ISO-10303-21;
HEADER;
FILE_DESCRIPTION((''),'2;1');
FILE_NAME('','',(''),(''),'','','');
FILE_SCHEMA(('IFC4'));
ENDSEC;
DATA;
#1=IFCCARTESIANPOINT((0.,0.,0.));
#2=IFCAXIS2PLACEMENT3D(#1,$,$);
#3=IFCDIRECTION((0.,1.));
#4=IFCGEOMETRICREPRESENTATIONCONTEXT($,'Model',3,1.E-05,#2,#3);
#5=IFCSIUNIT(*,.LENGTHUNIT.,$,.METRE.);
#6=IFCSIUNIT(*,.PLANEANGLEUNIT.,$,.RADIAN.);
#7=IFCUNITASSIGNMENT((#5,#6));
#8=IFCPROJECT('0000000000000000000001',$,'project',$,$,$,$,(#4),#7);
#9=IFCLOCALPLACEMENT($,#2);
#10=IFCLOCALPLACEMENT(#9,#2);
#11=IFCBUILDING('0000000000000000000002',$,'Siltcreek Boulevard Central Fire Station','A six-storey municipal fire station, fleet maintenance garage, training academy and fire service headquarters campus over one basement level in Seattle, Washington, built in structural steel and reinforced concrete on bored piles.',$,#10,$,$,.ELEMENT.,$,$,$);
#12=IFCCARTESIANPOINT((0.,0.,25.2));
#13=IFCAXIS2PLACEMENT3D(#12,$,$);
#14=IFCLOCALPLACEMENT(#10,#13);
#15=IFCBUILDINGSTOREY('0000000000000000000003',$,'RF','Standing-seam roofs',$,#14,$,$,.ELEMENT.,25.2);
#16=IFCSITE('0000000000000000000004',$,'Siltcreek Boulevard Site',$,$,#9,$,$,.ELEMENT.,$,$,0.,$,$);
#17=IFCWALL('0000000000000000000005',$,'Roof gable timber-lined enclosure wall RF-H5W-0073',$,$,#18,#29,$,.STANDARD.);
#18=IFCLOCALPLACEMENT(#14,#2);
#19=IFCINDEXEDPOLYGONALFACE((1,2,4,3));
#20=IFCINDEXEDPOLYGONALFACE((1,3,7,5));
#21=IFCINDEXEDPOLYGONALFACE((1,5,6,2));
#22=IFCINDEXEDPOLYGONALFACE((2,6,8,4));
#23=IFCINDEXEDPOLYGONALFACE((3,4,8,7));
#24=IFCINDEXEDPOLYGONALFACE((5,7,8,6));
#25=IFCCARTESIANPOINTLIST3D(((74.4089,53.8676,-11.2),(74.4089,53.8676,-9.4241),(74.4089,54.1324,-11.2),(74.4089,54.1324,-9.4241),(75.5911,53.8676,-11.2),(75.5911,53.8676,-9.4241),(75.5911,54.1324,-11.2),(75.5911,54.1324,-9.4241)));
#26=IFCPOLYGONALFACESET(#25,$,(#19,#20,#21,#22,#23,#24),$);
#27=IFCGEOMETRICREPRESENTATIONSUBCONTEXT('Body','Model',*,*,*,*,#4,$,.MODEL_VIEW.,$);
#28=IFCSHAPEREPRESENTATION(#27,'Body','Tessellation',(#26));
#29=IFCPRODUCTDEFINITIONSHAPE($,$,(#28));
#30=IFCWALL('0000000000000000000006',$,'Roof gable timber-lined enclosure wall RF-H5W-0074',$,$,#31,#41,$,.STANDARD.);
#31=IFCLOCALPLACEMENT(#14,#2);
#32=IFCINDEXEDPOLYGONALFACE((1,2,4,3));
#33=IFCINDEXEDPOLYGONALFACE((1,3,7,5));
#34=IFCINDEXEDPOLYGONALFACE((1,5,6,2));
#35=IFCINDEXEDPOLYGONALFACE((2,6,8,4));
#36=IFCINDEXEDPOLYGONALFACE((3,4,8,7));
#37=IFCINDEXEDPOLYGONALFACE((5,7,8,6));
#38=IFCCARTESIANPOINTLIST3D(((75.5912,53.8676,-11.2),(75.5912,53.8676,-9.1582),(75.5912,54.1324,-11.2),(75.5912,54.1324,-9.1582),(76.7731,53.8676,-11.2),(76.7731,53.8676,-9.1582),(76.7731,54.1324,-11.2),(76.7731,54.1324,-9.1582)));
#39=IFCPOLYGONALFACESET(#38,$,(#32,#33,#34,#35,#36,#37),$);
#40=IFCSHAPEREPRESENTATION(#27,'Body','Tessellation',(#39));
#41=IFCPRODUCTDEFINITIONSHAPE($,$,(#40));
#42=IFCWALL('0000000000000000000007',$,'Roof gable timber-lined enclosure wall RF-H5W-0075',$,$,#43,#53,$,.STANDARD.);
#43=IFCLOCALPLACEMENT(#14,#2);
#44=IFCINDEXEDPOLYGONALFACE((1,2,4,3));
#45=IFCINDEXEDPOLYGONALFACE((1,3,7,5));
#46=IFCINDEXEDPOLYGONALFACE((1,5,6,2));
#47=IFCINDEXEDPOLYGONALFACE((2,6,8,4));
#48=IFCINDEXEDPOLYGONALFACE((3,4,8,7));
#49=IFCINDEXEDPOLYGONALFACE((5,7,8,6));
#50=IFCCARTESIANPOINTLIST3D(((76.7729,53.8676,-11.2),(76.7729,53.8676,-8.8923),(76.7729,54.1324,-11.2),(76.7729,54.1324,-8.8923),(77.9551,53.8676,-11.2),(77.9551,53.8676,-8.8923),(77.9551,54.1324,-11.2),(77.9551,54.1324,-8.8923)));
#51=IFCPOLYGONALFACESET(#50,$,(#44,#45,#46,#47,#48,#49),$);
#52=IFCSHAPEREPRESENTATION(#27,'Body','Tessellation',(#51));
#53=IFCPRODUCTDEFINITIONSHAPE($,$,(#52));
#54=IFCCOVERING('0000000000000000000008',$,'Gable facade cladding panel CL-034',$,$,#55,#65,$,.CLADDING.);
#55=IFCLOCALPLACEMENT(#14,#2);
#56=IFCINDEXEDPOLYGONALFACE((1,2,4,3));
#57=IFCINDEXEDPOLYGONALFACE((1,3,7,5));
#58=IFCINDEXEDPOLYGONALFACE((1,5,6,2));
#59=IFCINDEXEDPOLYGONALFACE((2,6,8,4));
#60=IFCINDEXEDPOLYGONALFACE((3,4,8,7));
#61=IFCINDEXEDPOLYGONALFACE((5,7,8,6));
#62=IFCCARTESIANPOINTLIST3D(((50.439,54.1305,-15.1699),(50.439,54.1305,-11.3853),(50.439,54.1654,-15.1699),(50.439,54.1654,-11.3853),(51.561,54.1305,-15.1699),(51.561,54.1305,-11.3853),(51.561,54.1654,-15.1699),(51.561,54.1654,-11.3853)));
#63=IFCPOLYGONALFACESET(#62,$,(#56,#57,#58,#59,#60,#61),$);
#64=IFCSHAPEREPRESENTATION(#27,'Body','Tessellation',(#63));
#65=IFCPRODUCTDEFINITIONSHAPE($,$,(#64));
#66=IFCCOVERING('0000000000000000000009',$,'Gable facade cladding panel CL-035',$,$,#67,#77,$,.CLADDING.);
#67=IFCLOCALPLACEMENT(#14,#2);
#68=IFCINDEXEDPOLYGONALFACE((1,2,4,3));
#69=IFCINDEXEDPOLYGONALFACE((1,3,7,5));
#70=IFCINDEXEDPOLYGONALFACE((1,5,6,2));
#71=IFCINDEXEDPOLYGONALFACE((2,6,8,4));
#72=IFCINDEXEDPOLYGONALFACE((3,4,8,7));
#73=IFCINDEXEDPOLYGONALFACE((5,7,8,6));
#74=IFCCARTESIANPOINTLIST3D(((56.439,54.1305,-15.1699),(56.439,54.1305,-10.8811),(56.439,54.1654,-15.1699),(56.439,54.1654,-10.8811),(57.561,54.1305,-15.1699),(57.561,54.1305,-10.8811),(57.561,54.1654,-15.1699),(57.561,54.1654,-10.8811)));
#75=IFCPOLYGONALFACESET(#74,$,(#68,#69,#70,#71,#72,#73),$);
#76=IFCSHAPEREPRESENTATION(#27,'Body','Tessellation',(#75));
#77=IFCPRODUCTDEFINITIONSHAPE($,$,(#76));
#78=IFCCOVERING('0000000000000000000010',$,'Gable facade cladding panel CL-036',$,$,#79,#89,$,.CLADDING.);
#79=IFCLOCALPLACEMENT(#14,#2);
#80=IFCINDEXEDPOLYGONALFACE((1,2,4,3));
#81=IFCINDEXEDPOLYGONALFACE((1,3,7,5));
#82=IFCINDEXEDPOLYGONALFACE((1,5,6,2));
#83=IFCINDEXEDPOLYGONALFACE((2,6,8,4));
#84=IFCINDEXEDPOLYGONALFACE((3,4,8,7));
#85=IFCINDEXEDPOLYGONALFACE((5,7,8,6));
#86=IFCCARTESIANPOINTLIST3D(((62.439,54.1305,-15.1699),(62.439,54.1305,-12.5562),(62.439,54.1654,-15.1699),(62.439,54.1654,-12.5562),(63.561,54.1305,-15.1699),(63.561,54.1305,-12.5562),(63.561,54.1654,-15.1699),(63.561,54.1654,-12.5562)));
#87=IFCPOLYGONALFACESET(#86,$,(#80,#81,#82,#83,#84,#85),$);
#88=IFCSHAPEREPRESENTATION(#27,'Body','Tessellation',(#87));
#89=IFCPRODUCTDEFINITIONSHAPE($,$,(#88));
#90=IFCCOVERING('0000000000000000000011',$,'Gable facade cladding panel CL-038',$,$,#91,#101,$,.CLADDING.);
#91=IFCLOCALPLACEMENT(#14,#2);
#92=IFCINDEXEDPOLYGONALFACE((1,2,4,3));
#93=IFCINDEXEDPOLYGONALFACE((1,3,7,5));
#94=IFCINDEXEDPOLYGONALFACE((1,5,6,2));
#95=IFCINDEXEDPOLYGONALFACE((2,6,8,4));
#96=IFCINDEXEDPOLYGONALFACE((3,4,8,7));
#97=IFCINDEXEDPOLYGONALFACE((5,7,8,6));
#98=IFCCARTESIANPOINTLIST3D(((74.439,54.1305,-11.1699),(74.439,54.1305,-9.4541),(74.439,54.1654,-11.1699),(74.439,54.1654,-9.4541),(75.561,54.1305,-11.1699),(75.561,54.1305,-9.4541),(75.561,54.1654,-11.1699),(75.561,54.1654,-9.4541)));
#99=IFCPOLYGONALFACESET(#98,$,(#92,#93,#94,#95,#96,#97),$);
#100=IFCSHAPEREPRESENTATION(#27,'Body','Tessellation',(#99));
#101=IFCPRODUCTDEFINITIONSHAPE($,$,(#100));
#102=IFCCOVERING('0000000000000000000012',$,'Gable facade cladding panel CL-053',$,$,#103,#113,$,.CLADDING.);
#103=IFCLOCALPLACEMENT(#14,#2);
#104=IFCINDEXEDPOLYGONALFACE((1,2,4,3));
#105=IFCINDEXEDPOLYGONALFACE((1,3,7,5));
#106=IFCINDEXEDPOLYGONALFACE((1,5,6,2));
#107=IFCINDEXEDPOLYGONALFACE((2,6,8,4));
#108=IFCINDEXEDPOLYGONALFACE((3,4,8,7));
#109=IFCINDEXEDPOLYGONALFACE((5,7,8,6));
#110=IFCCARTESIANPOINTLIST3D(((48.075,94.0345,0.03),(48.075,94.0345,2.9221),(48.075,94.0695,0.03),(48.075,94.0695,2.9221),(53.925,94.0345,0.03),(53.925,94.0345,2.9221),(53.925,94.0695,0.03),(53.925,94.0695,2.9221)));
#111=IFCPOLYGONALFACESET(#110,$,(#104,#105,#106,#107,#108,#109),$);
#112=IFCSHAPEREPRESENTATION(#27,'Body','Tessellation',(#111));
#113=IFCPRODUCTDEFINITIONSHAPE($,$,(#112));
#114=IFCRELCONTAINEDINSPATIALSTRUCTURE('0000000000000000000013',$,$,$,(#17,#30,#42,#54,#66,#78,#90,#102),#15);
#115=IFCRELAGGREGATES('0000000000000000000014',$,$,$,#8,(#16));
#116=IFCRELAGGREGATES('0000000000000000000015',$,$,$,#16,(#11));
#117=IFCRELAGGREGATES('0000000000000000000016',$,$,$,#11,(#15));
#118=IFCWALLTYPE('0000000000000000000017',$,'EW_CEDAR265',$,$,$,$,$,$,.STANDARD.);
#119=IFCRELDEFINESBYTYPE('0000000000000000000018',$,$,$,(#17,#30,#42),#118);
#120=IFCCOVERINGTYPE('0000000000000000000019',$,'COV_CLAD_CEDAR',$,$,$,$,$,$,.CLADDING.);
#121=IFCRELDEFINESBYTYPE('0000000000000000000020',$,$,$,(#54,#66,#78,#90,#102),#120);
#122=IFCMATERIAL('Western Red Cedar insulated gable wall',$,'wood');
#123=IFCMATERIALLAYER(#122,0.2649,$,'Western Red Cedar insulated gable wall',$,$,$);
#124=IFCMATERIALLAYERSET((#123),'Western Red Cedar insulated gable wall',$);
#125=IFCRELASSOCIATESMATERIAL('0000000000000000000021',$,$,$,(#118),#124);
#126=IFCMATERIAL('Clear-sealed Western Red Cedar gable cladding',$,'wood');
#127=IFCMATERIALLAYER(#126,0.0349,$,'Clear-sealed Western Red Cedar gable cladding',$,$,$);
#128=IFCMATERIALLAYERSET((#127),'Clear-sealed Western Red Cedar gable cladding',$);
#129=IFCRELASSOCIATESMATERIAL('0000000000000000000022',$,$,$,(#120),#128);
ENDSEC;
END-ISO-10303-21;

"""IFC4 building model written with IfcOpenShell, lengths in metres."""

from ifc_helpers import new_model, si_unit, direction, frame, frame_2d, origin, origin_2d, place, context, subcontext, project, spatial, rectangle, extrude, material, layer, layer_set, type_object, element, save


model = new_model("IFC4")

# Units and contexts
model_context = context("Model", 3, precision=1e-05, world=origin(), true_north=direction((0.0, 1.0)))
body_context = subcontext(model_context, "Body", "Model", "MODEL_VIEW")
ifc_project = project(units=[si_unit("LENGTHUNIT", "METRE"), si_unit("PLANEANGLEUNIT", "RADIAN")], contexts=[model_context])

# Site, building, storey
site_placement = place(None, origin())
site = spatial("IfcSite", under=ifc_project, at=site_placement, Name="Siltcreek Boulevard Site", CompositionType="ELEMENT", RefElevation=0.0)
building_placement = place(site_placement, origin())
building = spatial("IfcBuilding", under=site, at=building_placement, Name="Siltcreek Boulevard Central Fire Station", Description="A six-storey municipal fire station, fleet maintenance garage, training academy and fire service headquarters campus over one basement level in Seattle, Washington, built in structural steel and reinforced concrete on bored piles.", CompositionType="ELEMENT")
storey_placement = place(building_placement, frame((0.0, 0.0, 25.2)))
storey = spatial("IfcBuildingStorey", under=building, at=storey_placement, Name="RF", Description="Standing-seam roofs", CompositionType="ELEMENT", Elevation=25.2)

# Walls
ifc_material_1 = material(Name="Western Red Cedar insulated gable wall", Category="wood")
ifc_layer_1 = layer(ifc_material_1, 0.2649, Name="Western Red Cedar insulated gable wall")
ifc_layer_set_1 = layer_set([ifc_layer_1], Name="Western Red Cedar insulated gable wall")
wall_type = type_object("IfcWallType", Name="EW_CEDAR265", PredefinedType="STANDARD", material=ifc_layer_set_1)
wall_1_placement = place(storey_placement, frame((75.5911, 54.0, -11.2), z_axis=(0.0, 0.0, 1.0), x_axis=(-1.0, 0.0, 0.0)))
element("IfcWall", 1, at=wall_1_placement, inside=storey, type_object=wall_type, Name="Roof gable timber-lined enclosure wall RF-H5W-0073", PredefinedType="STANDARD", context=body_context, shape_type="SweptSolid", body=[
    extrude(rectangle(XDim=1.1821, YDim=0.2649, at=frame_2d((0.5911, 0.0))), origin(), (0.0, 0.0, 1.0), 1.7759),
])
wall_2_placement = place(storey_placement, frame((76.7729, 54.0, -11.2), z_axis=(0.0, 0.0, 1.0), x_axis=(-1.0, 0.0, 0.0)))
element("IfcWall", 2, at=wall_2_placement, inside=storey, type_object=wall_type, Name="Roof gable timber-lined enclosure wall RF-H5W-0074", PredefinedType="STANDARD", context=body_context, shape_type="SweptSolid", body=[
    extrude(rectangle(XDim=1.1819, YDim=0.2649, at=frame_2d((0.5908, 0.0))), origin(), (0.0, 0.0, 1.0), 2.0417),
])
wall_3_placement = place(storey_placement, frame((77.9551, 54.0, -11.2), z_axis=(0.0, 0.0, 1.0), x_axis=(-1.0, 0.0, 0.0)))
element("IfcWall", 3, at=wall_3_placement, inside=storey, type_object=wall_type, Name="Roof gable timber-lined enclosure wall RF-H5W-0075", PredefinedType="STANDARD", context=body_context, shape_type="SweptSolid", body=[
    extrude(rectangle(XDim=1.1821, YDim=0.2649, at=frame_2d((0.5911, 0.0))), origin(), (0.0, 0.0, 1.0), 2.3076),
])

# Coverings
ifc_material_2 = material(Name="Clear-sealed Western Red Cedar gable cladding", Category="wood")
ifc_layer_2 = layer(ifc_material_2, 0.0349, Name="Clear-sealed Western Red Cedar gable cladding")
ifc_layer_set_2 = layer_set([ifc_layer_2], Name="Clear-sealed Western Red Cedar gable cladding")
covering_type = type_object("IfcCoveringType", Name="COV_CLAD_CEDAR", PredefinedType="CLADDING", material=ifc_layer_set_2)
covering_1_placement = place(storey_placement, frame((51.0, 54.1479, -15.1699), z_axis=(0.0, 0.0, 1.0), x_axis=(-1.0, 0.0, 0.0)))
element("IfcCovering", 4, at=covering_1_placement, inside=storey, type_object=covering_type, Name="Gable facade cladding panel CL-034", PredefinedType="CLADDING", context=body_context, shape_type="SweptSolid", body=[
    extrude(rectangle(XDim=1.1221, YDim=0.0349, at=origin_2d()), origin(), (0.0, 0.0, 1.0), 3.7847),
])
covering_2_placement = place(storey_placement, frame((57.0, 54.1479, -15.1699), z_axis=(0.0, 0.0, 1.0), x_axis=(-1.0, 0.0, 0.0)))
element("IfcCovering", 5, at=covering_2_placement, inside=storey, type_object=covering_type, Name="Gable facade cladding panel CL-035", PredefinedType="CLADDING", context=body_context, shape_type="SweptSolid", body=[
    extrude(rectangle(XDim=1.1221, YDim=0.0349, at=origin_2d()), origin(), (0.0, 0.0, 1.0), 4.2888),
])
covering_3_placement = place(storey_placement, frame((63.0, 54.1479, -15.1699), z_axis=(0.0, 0.0, 1.0), x_axis=(-1.0, 0.0, 0.0)))
element("IfcCovering", 6, at=covering_3_placement, inside=storey, type_object=covering_type, Name="Gable facade cladding panel CL-036", PredefinedType="CLADDING", context=body_context, shape_type="SweptSolid", body=[
    extrude(rectangle(XDim=1.1221, YDim=0.0349, at=origin_2d()), origin(), (0.0, 0.0, 1.0), 2.6138),
])
covering_4_placement = place(storey_placement, frame((75.0, 54.1479, -11.1699), z_axis=(0.0, 0.0, 1.0), x_axis=(-1.0, 0.0, 0.0)))
element("IfcCovering", 7, at=covering_4_placement, inside=storey, type_object=covering_type, Name="Gable facade cladding panel CL-038", PredefinedType="CLADDING", context=body_context, shape_type="SweptSolid", body=[
    extrude(rectangle(XDim=1.1221, YDim=0.0349, at=origin_2d()), origin(), (0.0, 0.0, 1.0), 1.7158),
])
covering_5_placement = place(storey_placement, frame((51.0, 94.052, 0.03), z_axis=(0.0, 0.0, 1.0), x_axis=(1.0, 0.0, 0.0)))
element("IfcCovering", 8, at=covering_5_placement, inside=storey, type_object=covering_type, Name="Gable facade cladding panel CL-053", PredefinedType="CLADDING", context=body_context, shape_type="SweptSolid", body=[
    extrude(rectangle(XDim=5.8501, YDim=0.0349, at=origin_2d()), origin(), (0.0, 0.0, 1.0), 2.8921),
])

save(model, "model.ifc")
